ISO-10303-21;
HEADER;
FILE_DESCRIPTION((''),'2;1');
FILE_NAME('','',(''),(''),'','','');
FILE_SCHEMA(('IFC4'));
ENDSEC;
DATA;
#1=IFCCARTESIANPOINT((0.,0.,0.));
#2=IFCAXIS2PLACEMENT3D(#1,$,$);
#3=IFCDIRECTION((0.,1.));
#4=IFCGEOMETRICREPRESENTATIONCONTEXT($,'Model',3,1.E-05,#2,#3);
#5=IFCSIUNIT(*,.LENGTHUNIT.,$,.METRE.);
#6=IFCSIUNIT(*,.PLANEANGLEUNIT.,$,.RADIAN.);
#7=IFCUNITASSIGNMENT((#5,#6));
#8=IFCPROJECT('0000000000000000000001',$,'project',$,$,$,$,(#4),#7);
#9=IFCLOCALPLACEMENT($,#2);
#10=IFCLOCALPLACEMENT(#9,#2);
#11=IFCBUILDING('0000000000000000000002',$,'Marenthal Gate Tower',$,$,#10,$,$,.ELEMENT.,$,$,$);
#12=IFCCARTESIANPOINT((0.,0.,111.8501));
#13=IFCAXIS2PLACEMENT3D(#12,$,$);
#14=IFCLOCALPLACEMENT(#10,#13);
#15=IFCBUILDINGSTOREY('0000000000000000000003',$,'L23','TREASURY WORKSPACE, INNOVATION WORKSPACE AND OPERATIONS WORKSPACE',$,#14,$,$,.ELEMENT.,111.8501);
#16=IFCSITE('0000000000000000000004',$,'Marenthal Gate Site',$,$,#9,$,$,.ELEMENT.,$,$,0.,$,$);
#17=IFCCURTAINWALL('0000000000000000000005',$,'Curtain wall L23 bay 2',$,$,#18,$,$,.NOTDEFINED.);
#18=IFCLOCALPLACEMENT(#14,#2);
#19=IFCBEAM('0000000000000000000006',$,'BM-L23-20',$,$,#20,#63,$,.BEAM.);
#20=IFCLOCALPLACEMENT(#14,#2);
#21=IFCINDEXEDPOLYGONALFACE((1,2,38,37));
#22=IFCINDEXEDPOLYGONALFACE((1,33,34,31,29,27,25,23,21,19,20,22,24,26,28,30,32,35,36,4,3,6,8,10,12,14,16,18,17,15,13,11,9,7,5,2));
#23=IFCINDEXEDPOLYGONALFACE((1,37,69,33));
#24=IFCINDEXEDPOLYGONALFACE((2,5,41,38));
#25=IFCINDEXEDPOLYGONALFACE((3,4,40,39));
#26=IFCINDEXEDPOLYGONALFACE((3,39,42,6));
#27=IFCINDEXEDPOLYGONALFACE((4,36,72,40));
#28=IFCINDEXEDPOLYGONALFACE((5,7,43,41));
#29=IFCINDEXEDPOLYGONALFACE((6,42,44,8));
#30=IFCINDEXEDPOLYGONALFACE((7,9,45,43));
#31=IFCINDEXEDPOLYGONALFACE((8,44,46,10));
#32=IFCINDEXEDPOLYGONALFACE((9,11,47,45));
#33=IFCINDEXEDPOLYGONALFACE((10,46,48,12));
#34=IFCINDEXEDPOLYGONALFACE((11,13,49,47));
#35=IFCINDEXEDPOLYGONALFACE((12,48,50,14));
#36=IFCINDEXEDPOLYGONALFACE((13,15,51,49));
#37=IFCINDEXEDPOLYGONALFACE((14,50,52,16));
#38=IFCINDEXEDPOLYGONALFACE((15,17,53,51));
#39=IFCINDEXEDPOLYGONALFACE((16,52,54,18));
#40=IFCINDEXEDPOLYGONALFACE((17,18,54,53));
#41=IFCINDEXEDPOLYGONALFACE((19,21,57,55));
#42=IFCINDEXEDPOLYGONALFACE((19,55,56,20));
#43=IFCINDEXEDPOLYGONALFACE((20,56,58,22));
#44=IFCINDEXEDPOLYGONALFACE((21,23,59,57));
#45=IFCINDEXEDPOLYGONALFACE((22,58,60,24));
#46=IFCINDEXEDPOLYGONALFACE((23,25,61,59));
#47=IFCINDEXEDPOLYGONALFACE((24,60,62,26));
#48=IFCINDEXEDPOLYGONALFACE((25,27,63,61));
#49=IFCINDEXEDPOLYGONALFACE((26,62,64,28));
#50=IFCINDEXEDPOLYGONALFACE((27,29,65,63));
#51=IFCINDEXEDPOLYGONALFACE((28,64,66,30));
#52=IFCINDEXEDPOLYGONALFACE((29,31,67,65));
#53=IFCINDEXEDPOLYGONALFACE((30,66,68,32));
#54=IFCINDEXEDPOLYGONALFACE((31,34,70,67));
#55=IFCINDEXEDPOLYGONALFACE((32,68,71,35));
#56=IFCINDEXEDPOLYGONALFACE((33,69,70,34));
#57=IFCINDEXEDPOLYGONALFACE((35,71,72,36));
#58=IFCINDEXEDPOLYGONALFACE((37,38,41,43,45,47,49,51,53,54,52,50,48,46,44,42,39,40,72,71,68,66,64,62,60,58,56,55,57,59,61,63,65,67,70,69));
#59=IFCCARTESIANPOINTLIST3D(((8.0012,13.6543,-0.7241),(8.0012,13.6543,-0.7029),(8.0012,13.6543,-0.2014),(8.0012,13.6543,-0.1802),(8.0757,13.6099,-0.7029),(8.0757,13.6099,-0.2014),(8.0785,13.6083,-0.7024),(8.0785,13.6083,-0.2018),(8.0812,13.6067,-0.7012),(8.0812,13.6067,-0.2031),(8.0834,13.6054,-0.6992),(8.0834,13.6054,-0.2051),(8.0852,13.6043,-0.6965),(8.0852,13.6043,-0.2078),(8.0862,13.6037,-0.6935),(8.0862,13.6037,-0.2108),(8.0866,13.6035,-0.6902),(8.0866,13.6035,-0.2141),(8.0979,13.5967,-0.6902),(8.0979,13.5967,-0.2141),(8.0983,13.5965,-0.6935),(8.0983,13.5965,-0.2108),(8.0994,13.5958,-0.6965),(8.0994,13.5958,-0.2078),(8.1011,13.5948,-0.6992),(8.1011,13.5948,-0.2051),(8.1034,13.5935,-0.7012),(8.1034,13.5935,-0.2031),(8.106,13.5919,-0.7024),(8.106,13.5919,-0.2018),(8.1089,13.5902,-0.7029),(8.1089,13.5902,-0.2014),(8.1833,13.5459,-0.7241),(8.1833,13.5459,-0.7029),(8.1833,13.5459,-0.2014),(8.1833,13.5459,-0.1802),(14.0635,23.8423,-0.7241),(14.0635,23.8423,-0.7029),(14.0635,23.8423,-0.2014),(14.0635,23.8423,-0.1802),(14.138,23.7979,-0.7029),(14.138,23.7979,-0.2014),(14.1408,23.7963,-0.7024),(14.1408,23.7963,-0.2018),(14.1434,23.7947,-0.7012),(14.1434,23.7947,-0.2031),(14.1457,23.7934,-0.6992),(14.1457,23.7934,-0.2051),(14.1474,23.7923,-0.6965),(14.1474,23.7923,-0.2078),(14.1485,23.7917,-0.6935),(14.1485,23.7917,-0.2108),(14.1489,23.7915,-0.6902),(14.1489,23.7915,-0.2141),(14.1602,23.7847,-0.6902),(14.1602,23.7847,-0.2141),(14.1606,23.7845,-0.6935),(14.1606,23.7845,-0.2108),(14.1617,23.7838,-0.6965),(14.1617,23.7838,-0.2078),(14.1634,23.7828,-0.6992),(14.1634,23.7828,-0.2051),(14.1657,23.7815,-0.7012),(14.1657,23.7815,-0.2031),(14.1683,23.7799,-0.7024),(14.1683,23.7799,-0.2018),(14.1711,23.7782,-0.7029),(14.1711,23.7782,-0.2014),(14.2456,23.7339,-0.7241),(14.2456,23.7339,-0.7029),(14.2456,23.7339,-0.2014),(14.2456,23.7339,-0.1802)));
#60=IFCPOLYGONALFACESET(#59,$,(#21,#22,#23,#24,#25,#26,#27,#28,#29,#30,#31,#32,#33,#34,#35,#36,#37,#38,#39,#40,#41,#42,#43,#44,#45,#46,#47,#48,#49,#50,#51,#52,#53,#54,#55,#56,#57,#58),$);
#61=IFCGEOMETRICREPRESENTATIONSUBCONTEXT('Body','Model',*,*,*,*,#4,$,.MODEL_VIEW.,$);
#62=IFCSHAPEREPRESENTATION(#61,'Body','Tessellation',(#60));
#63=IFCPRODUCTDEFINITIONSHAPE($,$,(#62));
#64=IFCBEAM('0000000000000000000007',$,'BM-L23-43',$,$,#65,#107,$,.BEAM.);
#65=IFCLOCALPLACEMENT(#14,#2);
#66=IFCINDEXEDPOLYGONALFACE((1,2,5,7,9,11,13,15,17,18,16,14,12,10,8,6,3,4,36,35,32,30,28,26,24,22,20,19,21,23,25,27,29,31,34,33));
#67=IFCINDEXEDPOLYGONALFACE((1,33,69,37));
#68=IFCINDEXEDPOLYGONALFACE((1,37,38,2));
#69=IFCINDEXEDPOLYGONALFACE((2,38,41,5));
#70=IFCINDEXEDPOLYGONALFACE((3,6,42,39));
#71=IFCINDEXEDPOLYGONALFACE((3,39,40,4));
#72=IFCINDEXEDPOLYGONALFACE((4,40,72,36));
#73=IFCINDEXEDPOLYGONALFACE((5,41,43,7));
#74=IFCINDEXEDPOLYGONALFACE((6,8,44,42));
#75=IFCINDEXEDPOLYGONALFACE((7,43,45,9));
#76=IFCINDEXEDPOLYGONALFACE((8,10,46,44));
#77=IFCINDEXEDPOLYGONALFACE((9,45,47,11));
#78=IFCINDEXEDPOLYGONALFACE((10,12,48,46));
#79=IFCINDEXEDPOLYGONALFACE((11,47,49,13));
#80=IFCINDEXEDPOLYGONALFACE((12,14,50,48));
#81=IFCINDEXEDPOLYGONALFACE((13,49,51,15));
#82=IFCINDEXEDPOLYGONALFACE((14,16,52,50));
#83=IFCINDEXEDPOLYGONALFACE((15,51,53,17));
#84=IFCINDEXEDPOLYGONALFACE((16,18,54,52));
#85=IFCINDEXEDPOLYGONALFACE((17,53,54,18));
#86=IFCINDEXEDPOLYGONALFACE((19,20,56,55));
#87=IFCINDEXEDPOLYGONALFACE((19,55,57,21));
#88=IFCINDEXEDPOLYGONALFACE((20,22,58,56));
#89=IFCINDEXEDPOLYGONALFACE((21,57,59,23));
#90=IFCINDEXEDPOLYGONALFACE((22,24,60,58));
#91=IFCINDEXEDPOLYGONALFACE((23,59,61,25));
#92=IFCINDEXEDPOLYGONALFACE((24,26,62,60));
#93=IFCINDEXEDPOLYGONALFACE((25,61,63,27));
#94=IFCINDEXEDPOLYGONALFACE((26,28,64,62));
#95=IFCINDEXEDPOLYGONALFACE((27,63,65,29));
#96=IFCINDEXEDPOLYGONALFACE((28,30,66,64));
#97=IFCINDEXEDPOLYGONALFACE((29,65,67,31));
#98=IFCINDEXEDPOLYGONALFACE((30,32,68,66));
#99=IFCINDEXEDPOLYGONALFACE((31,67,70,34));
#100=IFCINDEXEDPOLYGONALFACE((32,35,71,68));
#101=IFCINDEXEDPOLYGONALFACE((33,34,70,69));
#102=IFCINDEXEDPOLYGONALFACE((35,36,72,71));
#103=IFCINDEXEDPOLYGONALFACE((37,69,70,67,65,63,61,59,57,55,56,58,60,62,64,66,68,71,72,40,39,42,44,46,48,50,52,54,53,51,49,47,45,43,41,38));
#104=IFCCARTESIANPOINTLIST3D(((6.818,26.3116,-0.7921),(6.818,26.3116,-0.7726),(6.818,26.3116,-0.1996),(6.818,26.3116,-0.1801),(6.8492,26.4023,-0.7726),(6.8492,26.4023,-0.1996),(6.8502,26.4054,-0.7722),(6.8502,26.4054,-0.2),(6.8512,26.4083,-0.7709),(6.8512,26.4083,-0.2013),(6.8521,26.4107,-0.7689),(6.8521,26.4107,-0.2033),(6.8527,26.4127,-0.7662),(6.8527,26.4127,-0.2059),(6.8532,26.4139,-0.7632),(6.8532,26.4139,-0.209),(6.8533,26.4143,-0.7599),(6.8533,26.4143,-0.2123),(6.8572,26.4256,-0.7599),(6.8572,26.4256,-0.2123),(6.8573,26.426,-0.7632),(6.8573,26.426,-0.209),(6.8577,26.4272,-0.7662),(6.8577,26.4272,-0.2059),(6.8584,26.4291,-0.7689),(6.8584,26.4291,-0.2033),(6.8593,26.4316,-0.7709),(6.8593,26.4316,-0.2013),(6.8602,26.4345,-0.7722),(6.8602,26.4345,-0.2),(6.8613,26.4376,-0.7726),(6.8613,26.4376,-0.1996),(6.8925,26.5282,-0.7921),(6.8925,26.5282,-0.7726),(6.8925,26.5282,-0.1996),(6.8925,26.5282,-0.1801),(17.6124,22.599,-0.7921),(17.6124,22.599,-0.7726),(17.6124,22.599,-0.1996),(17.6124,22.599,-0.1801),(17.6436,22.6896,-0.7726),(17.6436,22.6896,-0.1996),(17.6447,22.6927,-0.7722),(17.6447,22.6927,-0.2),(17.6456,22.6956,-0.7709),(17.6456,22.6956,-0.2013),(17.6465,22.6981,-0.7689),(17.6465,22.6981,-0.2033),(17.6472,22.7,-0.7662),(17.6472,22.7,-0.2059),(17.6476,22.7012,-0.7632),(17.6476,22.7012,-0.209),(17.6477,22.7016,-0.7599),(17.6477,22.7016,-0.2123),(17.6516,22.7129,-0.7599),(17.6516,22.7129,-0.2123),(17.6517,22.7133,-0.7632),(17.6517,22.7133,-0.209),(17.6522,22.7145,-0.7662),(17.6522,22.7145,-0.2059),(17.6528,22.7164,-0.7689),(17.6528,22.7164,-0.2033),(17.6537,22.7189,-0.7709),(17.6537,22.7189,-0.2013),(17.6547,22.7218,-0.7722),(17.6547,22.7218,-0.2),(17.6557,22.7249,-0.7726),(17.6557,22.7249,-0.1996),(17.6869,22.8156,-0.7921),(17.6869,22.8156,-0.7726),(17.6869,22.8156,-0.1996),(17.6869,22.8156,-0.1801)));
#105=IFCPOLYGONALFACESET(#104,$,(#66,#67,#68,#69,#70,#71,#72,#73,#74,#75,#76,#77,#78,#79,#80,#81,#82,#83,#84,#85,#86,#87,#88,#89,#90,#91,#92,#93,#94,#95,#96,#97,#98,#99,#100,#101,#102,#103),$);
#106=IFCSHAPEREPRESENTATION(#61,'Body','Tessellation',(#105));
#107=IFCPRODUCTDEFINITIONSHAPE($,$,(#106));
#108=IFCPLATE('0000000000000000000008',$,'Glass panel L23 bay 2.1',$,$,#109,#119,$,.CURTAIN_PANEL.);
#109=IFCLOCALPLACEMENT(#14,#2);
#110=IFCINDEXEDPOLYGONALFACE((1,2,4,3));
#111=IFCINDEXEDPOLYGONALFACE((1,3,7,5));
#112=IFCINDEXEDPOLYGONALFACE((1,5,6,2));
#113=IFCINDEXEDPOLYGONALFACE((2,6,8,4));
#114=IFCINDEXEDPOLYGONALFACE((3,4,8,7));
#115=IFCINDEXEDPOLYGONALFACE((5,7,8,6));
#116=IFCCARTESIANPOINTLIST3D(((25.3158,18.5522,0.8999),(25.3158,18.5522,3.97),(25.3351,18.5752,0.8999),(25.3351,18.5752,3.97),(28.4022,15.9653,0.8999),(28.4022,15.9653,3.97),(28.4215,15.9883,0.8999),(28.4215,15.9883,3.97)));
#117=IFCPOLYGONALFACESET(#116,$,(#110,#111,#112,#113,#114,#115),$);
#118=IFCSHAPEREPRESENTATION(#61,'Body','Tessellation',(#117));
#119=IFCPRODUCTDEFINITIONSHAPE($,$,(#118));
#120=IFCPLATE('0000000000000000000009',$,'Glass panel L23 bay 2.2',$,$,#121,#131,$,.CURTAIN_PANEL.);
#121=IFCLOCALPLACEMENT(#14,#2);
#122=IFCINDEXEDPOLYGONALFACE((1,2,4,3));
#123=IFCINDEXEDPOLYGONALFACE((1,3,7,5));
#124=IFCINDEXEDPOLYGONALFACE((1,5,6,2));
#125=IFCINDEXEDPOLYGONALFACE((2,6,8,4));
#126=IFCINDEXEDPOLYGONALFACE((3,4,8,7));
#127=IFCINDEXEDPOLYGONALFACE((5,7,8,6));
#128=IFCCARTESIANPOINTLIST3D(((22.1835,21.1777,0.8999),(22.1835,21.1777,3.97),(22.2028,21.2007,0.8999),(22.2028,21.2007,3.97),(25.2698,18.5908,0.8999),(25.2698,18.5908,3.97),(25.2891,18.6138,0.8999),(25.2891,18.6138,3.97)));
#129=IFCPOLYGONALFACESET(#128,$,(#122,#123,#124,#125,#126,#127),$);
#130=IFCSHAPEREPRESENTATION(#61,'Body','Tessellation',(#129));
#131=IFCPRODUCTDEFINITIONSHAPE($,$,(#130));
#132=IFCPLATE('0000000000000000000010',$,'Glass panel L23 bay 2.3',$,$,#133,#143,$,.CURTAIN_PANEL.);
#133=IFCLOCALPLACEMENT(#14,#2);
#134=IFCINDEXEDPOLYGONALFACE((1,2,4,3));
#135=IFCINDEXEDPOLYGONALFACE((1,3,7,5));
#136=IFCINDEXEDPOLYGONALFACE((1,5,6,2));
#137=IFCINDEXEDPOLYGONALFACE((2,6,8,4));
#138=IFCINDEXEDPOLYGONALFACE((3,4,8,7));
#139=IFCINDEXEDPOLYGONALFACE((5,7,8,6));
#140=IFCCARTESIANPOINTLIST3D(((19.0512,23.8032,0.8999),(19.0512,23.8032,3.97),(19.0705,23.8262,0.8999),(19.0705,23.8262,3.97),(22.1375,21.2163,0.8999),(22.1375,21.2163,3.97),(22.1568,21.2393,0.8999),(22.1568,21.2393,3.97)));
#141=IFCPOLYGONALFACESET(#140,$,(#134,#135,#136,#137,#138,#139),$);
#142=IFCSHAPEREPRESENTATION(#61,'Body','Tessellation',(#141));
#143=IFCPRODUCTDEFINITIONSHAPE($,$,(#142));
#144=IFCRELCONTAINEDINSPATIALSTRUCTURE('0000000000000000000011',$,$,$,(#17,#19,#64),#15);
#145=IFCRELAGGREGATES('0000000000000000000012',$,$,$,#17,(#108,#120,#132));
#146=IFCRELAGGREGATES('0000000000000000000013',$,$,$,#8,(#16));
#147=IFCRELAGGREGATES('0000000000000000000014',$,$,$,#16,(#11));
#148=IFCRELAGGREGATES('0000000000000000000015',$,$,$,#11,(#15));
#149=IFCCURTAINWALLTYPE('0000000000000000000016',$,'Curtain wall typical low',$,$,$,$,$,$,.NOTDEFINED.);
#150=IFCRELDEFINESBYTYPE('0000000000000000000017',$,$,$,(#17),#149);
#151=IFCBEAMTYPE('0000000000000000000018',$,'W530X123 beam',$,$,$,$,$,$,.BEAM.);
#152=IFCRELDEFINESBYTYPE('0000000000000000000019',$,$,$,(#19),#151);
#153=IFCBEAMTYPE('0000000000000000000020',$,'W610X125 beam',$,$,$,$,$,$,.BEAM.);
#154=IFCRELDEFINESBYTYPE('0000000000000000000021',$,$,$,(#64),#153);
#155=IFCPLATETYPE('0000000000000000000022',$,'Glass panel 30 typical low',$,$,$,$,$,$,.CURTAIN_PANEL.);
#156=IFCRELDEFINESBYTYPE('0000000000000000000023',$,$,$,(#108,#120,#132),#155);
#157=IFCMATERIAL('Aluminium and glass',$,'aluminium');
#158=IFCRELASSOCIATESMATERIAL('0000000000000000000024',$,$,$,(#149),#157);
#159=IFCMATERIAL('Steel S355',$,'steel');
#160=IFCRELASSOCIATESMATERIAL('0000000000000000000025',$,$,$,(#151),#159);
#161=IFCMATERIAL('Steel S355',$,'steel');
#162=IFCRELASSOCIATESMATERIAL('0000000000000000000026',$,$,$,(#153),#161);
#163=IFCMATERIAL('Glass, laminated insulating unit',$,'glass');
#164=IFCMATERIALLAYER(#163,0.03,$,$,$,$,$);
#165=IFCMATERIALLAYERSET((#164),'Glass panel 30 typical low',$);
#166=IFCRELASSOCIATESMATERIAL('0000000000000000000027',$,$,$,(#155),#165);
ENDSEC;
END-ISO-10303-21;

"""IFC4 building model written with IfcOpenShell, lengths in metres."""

from ifc_helpers import new_model, si_unit, direction, frame, origin, origin_2d, place, context, subcontext, project, spatial, rectangle, i_section, extrude, material, layer, layer_set, material_profile, profile_set, type_object, element, aggregate, save


model = new_model("IFC4")

# Units and contexts
model_context = context("Model", 3, precision=1e-05, world=origin(), true_north=direction((0.0, 1.0)))
body_context = subcontext(model_context, "Body", "Model", "MODEL_VIEW")
ifc_project = project(units=[si_unit("LENGTHUNIT", "METRE"), si_unit("PLANEANGLEUNIT", "RADIAN")], contexts=[model_context])

# Site, building, storey
site_placement = place(None, origin())
site = spatial("IfcSite", under=ifc_project, at=site_placement, Name="Marenthal Gate Site", CompositionType="ELEMENT", RefElevation=0.0)
building_placement = place(site_placement, origin())
building = spatial("IfcBuilding", under=site, at=building_placement, Name="Marenthal Gate Tower", CompositionType="ELEMENT")
storey_placement = place(building_placement, frame((0.0, 0.0, 111.8501)))
storey = spatial("IfcBuildingStorey", under=building, at=storey_placement, Name="L23", Description="TREASURY WORKSPACE, INNOVATION WORKSPACE AND OPERATIONS WORKSPACE", CompositionType="ELEMENT", Elevation=111.8501)

# Curtain wall
ifc_material_1 = material(Name="Aluminium and glass", Category="aluminium")
curtain_wall_type = type_object("IfcCurtainWallType", Name="Curtain wall typical low", PredefinedType="NOTDEFINED", material=ifc_material_1)
curtain_wall_placement = place(storey_placement, origin())
curtain_wall = element("IfcCurtainWall", 1, at=curtain_wall_placement, inside=storey, type_object=curtain_wall_type, Name="Curtain wall L23 bay 2", PredefinedType="NOTDEFINED")

# Beams
ifc_material_2 = material(Name="Steel S355", Category="steel")
ifc_material_profile_1 = material_profile(ifc_material_2, i_section(OverallWidth=0.2119, OverallDepth=0.5439, WebThickness=0.0132, FlangeThickness=0.0212, FilletRadius=0.0127, at=origin_2d()), Name="W530X123")
ifc_profile_set_1 = profile_set([ifc_material_profile_1], Name="Steel S355")
beam_type_1 = type_object("IfcBeamType", Name="W530X123 beam", PredefinedType="BEAM", material=ifc_profile_set_1)
beam_1_placement = place(storey_placement, frame((14.1545, 23.7881, -0.4521), z_axis=(-0.511358, -0.859368, 0.0), x_axis=(0.859368, -0.511358, 0.0)))
element("IfcBeam", 2, at=beam_1_placement, inside=storey, type_object=beam_type_1, Name="BM-L23-20", PredefinedType="BEAM", context=body_context, shape_type="SweptSolid", body=[
    extrude(i_section(OverallWidth=0.2119, OverallDepth=0.5439, WebThickness=0.0132, FlangeThickness=0.0212, FilletRadius=0.0127, at=origin_2d()), origin(), (0.0, 0.0, 1.0), 11.8552),
])
ifc_material_3 = material(Name="Steel S355", Category="steel")
ifc_material_profile_2 = material_profile(ifc_material_3, i_section(OverallWidth=0.229, OverallDepth=0.6121, WebThickness=0.012, FlangeThickness=0.0195, FilletRadius=0.0127, at=origin_2d()), Name="W610X125")
ifc_profile_set_2 = profile_set([ifc_material_profile_2], Name="Steel S355")
beam_type_2 = type_object("IfcBeamType", Name="W610X125 beam", PredefinedType="BEAM", material=ifc_profile_set_2)
beam_2_placement = place(storey_placement, frame((17.6497, 22.7073, -0.4861), z_axis=(-0.945631, 0.325241, 0.0), x_axis=(-0.325241, -0.945631, 0.0)))
element("IfcBeam", 3, at=beam_2_placement, inside=storey, type_object=beam_type_2, Name="BM-L23-43", PredefinedType="BEAM", context=body_context, shape_type="SweptSolid", body=[
    extrude(i_section(OverallWidth=0.229, OverallDepth=0.6121, WebThickness=0.012, FlangeThickness=0.0195, FilletRadius=0.0127, at=origin_2d()), origin(), (0.0, 0.0, 1.0), 11.415),
])

# Plates
ifc_material_4 = material(Name="Glass, laminated insulating unit", Category="glass")
ifc_layer_1 = layer(ifc_material_4, 0.03)
ifc_layer_set_1 = layer_set([ifc_layer_1], Name="Glass panel 30 typical low")
plate_type = type_object("IfcPlateType", Name="Glass panel 30 typical low", PredefinedType="CURTAIN_PANEL", material=ifc_layer_set_1)
plate_1_placement = place(storey_placement, frame((26.8687, 17.2703, 0.8999), z_axis=(0.0, 0.0, 1.0), x_axis=(-0.766389, 0.642377, 0.0)))
plate_1 = element("IfcPlate", 4, at=plate_1_placement, type_object=plate_type, Name="Glass panel L23 bay 2.1", PredefinedType="CURTAIN_PANEL", context=body_context, shape_type="SweptSolid", body=[
    extrude(rectangle(XDim=4.0271, YDim=0.03, at=origin_2d()), origin(), (0.0, 0.0, 1.0), 3.0701),
])
plate_2_placement = place(storey_placement, frame((23.7363, 19.8958, 0.8999), z_axis=(0.0, 0.0, 1.0), x_axis=(-0.766389, 0.642377, 0.0)))
plate_2 = element("IfcPlate", 5, at=plate_2_placement, type_object=plate_type, Name="Glass panel L23 bay 2.2", PredefinedType="CURTAIN_PANEL", context=body_context, shape_type="SweptSolid", body=[
    extrude(rectangle(XDim=4.0271, YDim=0.03, at=origin_2d()), origin(), (0.0, 0.0, 1.0), 3.0701),
])
plate_3_placement = place(storey_placement, frame((20.604, 22.5212, 0.8999), z_axis=(0.0, 0.0, 1.0), x_axis=(-0.766389, 0.642377, 0.0)))
plate_3 = element("IfcPlate", 6, at=plate_3_placement, type_object=plate_type, Name="Glass panel L23 bay 2.3", PredefinedType="CURTAIN_PANEL", context=body_context, shape_type="SweptSolid", body=[
    extrude(rectangle(XDim=4.0271, YDim=0.03, at=origin_2d()), origin(), (0.0, 0.0, 1.0), 3.0701),
])
aggregate(curtain_wall, [plate_1, plate_2, plate_3])

save(model, "model.ifc")
